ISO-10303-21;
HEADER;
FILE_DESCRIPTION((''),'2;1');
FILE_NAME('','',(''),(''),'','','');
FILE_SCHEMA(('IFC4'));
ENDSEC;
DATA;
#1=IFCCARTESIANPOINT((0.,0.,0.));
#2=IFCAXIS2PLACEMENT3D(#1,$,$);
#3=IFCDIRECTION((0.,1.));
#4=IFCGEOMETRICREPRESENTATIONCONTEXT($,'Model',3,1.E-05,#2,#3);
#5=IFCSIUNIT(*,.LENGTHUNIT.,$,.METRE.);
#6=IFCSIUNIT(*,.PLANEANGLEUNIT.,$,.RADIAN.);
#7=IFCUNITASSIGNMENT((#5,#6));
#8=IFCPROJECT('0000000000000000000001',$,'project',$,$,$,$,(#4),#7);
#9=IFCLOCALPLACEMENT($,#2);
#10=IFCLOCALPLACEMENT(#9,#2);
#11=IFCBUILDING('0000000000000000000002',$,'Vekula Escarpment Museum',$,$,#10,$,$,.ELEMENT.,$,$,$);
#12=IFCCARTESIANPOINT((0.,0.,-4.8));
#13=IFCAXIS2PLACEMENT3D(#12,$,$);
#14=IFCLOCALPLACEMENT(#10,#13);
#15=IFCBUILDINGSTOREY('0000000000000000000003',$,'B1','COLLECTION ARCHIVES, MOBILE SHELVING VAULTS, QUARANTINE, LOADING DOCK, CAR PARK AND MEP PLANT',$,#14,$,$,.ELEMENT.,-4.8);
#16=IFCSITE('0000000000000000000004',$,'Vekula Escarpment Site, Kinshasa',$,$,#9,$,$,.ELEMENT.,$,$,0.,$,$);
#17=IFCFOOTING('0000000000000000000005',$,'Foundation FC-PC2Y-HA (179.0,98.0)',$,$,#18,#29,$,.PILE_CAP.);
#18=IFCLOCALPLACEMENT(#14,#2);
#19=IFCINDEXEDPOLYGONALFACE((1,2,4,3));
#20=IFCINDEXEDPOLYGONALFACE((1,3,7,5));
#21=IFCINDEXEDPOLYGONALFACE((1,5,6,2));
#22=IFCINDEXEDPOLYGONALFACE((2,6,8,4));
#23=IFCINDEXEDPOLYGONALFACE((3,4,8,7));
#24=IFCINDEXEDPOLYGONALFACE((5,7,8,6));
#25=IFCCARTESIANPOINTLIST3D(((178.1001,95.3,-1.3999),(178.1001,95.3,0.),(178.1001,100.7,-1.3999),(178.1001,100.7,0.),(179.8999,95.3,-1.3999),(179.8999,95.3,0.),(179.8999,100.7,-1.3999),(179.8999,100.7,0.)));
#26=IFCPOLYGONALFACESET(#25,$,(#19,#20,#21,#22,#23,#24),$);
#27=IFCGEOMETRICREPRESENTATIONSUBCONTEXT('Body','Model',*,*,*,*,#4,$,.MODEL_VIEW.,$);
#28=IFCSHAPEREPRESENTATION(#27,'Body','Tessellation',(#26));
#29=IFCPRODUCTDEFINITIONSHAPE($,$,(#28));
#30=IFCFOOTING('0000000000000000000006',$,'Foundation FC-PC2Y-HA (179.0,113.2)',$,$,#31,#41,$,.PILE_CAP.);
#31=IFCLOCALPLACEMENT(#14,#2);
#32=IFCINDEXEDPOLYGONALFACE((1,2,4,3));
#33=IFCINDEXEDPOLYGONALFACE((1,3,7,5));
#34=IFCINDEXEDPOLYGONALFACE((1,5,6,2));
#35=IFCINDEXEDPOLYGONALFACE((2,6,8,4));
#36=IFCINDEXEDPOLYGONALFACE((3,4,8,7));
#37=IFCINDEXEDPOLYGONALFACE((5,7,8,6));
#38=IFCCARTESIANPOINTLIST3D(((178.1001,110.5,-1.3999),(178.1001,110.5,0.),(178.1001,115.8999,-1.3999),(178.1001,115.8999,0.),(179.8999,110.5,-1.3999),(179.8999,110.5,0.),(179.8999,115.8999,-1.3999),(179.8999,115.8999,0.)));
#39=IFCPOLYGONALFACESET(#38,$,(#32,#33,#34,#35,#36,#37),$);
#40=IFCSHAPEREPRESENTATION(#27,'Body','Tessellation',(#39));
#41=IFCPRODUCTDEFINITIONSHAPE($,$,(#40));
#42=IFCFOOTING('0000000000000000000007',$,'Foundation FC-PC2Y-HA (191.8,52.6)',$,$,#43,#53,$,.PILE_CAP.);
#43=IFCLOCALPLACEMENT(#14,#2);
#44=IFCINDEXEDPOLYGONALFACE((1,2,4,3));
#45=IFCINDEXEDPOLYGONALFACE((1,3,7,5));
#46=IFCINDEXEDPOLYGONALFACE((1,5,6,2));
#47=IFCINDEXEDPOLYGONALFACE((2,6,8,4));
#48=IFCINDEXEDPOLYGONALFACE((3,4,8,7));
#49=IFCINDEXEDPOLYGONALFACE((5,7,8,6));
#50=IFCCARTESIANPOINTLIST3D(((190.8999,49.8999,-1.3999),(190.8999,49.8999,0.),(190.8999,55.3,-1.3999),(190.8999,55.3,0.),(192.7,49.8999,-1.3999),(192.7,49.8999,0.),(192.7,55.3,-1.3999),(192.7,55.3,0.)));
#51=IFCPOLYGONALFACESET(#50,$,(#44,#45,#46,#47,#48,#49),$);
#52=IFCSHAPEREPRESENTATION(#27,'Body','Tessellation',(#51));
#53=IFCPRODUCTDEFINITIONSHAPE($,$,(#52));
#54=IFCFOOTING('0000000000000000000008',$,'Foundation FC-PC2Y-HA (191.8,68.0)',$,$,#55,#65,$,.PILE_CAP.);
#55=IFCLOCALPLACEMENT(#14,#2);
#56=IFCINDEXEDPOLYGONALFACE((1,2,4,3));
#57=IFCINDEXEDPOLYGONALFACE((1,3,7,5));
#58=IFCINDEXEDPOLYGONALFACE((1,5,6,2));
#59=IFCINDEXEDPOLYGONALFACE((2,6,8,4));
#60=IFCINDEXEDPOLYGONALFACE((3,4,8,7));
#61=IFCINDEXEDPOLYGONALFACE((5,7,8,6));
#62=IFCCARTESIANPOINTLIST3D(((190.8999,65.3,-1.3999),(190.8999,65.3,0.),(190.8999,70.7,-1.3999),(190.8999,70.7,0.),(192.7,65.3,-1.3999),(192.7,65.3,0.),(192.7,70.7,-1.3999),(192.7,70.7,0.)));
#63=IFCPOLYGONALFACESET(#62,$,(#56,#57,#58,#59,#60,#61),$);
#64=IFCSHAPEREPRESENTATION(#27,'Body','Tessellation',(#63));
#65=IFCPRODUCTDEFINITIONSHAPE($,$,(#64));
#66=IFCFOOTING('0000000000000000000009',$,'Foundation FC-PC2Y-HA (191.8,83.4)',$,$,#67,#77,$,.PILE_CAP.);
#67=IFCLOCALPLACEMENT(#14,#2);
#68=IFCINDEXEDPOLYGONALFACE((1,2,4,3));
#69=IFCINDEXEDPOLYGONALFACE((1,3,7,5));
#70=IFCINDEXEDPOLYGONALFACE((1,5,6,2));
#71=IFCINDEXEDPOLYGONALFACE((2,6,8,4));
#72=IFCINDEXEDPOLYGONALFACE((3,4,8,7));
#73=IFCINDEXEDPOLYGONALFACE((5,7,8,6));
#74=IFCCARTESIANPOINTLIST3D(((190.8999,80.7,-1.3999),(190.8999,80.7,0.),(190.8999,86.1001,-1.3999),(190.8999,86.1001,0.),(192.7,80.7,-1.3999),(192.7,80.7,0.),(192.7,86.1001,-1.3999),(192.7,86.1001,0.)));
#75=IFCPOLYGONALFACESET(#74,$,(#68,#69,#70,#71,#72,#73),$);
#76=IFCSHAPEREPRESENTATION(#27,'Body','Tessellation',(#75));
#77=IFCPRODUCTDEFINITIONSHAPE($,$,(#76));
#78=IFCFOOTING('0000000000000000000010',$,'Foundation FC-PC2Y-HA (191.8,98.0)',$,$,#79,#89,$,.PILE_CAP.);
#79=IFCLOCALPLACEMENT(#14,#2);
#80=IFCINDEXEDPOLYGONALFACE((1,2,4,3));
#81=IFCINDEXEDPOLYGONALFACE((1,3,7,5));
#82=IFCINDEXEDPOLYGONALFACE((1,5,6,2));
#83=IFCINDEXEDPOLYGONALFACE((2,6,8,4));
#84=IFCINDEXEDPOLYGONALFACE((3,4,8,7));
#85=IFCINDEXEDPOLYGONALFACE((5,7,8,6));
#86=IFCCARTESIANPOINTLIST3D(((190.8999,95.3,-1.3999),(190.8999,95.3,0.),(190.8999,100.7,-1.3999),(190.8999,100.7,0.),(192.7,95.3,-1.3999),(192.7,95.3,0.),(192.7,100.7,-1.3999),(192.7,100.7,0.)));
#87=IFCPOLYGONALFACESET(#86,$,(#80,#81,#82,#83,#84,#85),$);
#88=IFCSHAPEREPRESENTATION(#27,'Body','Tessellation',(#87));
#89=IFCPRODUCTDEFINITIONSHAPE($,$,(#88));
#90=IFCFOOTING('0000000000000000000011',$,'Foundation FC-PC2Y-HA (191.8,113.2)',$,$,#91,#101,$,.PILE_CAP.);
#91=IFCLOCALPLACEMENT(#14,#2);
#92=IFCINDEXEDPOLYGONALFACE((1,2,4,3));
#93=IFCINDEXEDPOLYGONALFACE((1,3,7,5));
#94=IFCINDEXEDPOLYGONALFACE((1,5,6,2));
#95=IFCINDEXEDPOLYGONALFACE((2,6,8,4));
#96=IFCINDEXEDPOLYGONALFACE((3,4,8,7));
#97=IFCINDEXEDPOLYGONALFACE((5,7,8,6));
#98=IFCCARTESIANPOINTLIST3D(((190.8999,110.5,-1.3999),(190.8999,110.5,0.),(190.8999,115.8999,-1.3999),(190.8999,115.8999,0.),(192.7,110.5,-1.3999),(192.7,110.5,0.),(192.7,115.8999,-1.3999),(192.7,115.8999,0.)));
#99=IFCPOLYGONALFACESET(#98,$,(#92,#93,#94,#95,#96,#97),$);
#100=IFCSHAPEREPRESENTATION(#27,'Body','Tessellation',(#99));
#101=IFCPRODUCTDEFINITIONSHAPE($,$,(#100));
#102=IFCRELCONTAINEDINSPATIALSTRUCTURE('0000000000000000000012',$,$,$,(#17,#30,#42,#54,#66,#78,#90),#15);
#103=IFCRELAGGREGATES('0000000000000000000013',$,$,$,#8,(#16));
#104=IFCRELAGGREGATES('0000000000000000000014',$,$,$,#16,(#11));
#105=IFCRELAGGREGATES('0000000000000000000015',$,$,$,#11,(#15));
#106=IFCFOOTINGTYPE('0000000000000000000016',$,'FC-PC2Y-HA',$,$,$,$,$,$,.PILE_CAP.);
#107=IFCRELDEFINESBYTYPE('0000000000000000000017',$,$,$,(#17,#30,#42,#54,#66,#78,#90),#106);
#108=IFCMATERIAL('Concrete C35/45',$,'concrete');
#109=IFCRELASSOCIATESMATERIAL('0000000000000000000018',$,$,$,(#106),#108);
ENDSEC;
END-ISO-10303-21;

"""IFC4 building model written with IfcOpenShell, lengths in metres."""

from ifc_helpers import new_model, si_unit, direction, frame, origin, place, context, subcontext, project, spatial, polyline, outline, extrude, material, type_object, element, save


model = new_model("IFC4")

# Units and contexts
model_context = context("Model", 3, precision=1e-05, world=origin(), true_north=direction((0.0, 1.0)))
body_context = subcontext(model_context, "Body", "Model", "MODEL_VIEW")
ifc_project = project(units=[si_unit("LENGTHUNIT", "METRE"), si_unit("PLANEANGLEUNIT", "RADIAN")], contexts=[model_context])

# Site, building, storey
site_placement = place(None, origin())
site = spatial("IfcSite", under=ifc_project, at=site_placement, Name="Vekula Escarpment Site, Kinshasa", CompositionType="ELEMENT", RefElevation=0.0)
building_placement = place(site_placement, origin())
building = spatial("IfcBuilding", under=site, at=building_placement, Name="Vekula Escarpment Museum", CompositionType="ELEMENT")
storey_placement = place(building_placement, frame((0.0, 0.0, -4.8)))
storey = spatial("IfcBuildingStorey", under=building, at=storey_placement, Name="B1", Description="COLLECTION ARCHIVES, MOBILE SHELVING VAULTS, QUARANTINE, LOADING DOCK, CAR PARK AND MEP PLANT", CompositionType="ELEMENT", Elevation=-4.8)

# Footings
ifc_material_1 = material(Name="Concrete C35/45", Category="concrete")
footing_type_1 = type_object("IfcFootingType", Name="FC-PC2Y-HA", PredefinedType="PILE_CAP", material=ifc_material_1)
footing_1_placement = place(storey_placement, frame((0.0, 0.0, -1.3999)))
element("IfcFooting", 1, at=footing_1_placement, inside=storey, type_object=footing_type_1, Name="Foundation FC-PC2Y-HA (179.0,98.0)", PredefinedType="PILE_CAP", context=body_context, shape_type="SweptSolid", body=[
    extrude(outline(polyline([(178.1001, 95.3), (179.8999, 95.3), (179.8999, 100.7), (178.1001, 100.7), (178.1001, 95.3)])), origin(), (0.0, 0.0, 1.0), 1.3999),
])
footing_2_placement = place(storey_placement, frame((0.0, 0.0, -1.3999)))
element("IfcFooting", 2, at=footing_2_placement, inside=storey, type_object=footing_type_1, Name="Foundation FC-PC2Y-HA (179.0,113.2)", PredefinedType="PILE_CAP", context=body_context, shape_type="SweptSolid", body=[
    extrude(outline(polyline([(178.1001, 110.5), (179.8999, 110.5), (179.8999, 115.8999), (178.1001, 115.8999), (178.1001, 110.5)])), origin(), (0.0, 0.0, 1.0), 1.3999),
])
footing_3_placement = place(storey_placement, frame((0.0, 0.0, -1.3999)))
element("IfcFooting", 3, at=footing_3_placement, inside=storey, type_object=footing_type_1, Name="Foundation FC-PC2Y-HA (191.8,52.6)", PredefinedType="PILE_CAP", context=body_context, shape_type="SweptSolid", body=[
    extrude(outline(polyline([(190.8999, 49.8999), (192.7, 49.8999), (192.7, 55.3), (190.8999, 55.3), (190.8999, 49.8999)])), origin(), (0.0, 0.0, 1.0), 1.3999),
])
footing_4_placement = place(storey_placement, frame((0.0, 0.0, -1.3999)))
element("IfcFooting", 4, at=footing_4_placement, inside=storey, type_object=footing_type_1, Name="Foundation FC-PC2Y-HA (191.8,68.0)", PredefinedType="PILE_CAP", context=body_context, shape_type="SweptSolid", body=[
    extrude(outline(polyline([(190.8999, 65.3), (192.7, 65.3), (192.7, 70.7), (190.8999, 70.7), (190.8999, 65.3)])), origin(), (0.0, 0.0, 1.0), 1.3999),
])
footing_5_placement = place(storey_placement, frame((0.0, 0.0, -1.3999)))
element("IfcFooting", 5, at=footing_5_placement, inside=storey, type_object=footing_type_1, Name="Foundation FC-PC2Y-HA (191.8,83.4)", PredefinedType="PILE_CAP", context=body_context, shape_type="SweptSolid", body=[
    extrude(outline(polyline([(190.8999, 80.7), (192.7, 80.7), (192.7, 86.1001), (190.8999, 86.1001), (190.8999, 80.7)])), origin(), (0.0, 0.0, 1.0), 1.3999),
])
footing_6_placement = place(storey_placement, frame((0.0, 0.0, -1.3999)))
element("IfcFooting", 6, at=footing_6_placement, inside=storey, type_object=footing_type_1, Name="Foundation FC-PC2Y-HA (191.8,98.0)", PredefinedType="PILE_CAP", context=body_context, shape_type="SweptSolid", body=[
    extrude(outline(polyline([(190.8999, 95.3), (192.7, 95.3), (192.7, 100.7), (190.8999, 100.7), (190.8999, 95.3)])), origin(), (0.0, 0.0, 1.0), 1.3999),
])
footing_7_placement = place(storey_placement, frame((0.0, 0.0, -1.3999)))
element("IfcFooting", 7, at=footing_7_placement, inside=storey, type_object=footing_type_1, Name="Foundation FC-PC2Y-HA (191.8,113.2)", PredefinedType="PILE_CAP", context=body_context, shape_type="SweptSolid", body=[
    extrude(outline(polyline([(190.8999, 110.5), (192.7, 110.5), (192.7, 115.8999), (190.8999, 115.8999), (190.8999, 110.5)])), origin(), (0.0, 0.0, 1.0), 1.3999),
])

save(model, "model.ifc")
